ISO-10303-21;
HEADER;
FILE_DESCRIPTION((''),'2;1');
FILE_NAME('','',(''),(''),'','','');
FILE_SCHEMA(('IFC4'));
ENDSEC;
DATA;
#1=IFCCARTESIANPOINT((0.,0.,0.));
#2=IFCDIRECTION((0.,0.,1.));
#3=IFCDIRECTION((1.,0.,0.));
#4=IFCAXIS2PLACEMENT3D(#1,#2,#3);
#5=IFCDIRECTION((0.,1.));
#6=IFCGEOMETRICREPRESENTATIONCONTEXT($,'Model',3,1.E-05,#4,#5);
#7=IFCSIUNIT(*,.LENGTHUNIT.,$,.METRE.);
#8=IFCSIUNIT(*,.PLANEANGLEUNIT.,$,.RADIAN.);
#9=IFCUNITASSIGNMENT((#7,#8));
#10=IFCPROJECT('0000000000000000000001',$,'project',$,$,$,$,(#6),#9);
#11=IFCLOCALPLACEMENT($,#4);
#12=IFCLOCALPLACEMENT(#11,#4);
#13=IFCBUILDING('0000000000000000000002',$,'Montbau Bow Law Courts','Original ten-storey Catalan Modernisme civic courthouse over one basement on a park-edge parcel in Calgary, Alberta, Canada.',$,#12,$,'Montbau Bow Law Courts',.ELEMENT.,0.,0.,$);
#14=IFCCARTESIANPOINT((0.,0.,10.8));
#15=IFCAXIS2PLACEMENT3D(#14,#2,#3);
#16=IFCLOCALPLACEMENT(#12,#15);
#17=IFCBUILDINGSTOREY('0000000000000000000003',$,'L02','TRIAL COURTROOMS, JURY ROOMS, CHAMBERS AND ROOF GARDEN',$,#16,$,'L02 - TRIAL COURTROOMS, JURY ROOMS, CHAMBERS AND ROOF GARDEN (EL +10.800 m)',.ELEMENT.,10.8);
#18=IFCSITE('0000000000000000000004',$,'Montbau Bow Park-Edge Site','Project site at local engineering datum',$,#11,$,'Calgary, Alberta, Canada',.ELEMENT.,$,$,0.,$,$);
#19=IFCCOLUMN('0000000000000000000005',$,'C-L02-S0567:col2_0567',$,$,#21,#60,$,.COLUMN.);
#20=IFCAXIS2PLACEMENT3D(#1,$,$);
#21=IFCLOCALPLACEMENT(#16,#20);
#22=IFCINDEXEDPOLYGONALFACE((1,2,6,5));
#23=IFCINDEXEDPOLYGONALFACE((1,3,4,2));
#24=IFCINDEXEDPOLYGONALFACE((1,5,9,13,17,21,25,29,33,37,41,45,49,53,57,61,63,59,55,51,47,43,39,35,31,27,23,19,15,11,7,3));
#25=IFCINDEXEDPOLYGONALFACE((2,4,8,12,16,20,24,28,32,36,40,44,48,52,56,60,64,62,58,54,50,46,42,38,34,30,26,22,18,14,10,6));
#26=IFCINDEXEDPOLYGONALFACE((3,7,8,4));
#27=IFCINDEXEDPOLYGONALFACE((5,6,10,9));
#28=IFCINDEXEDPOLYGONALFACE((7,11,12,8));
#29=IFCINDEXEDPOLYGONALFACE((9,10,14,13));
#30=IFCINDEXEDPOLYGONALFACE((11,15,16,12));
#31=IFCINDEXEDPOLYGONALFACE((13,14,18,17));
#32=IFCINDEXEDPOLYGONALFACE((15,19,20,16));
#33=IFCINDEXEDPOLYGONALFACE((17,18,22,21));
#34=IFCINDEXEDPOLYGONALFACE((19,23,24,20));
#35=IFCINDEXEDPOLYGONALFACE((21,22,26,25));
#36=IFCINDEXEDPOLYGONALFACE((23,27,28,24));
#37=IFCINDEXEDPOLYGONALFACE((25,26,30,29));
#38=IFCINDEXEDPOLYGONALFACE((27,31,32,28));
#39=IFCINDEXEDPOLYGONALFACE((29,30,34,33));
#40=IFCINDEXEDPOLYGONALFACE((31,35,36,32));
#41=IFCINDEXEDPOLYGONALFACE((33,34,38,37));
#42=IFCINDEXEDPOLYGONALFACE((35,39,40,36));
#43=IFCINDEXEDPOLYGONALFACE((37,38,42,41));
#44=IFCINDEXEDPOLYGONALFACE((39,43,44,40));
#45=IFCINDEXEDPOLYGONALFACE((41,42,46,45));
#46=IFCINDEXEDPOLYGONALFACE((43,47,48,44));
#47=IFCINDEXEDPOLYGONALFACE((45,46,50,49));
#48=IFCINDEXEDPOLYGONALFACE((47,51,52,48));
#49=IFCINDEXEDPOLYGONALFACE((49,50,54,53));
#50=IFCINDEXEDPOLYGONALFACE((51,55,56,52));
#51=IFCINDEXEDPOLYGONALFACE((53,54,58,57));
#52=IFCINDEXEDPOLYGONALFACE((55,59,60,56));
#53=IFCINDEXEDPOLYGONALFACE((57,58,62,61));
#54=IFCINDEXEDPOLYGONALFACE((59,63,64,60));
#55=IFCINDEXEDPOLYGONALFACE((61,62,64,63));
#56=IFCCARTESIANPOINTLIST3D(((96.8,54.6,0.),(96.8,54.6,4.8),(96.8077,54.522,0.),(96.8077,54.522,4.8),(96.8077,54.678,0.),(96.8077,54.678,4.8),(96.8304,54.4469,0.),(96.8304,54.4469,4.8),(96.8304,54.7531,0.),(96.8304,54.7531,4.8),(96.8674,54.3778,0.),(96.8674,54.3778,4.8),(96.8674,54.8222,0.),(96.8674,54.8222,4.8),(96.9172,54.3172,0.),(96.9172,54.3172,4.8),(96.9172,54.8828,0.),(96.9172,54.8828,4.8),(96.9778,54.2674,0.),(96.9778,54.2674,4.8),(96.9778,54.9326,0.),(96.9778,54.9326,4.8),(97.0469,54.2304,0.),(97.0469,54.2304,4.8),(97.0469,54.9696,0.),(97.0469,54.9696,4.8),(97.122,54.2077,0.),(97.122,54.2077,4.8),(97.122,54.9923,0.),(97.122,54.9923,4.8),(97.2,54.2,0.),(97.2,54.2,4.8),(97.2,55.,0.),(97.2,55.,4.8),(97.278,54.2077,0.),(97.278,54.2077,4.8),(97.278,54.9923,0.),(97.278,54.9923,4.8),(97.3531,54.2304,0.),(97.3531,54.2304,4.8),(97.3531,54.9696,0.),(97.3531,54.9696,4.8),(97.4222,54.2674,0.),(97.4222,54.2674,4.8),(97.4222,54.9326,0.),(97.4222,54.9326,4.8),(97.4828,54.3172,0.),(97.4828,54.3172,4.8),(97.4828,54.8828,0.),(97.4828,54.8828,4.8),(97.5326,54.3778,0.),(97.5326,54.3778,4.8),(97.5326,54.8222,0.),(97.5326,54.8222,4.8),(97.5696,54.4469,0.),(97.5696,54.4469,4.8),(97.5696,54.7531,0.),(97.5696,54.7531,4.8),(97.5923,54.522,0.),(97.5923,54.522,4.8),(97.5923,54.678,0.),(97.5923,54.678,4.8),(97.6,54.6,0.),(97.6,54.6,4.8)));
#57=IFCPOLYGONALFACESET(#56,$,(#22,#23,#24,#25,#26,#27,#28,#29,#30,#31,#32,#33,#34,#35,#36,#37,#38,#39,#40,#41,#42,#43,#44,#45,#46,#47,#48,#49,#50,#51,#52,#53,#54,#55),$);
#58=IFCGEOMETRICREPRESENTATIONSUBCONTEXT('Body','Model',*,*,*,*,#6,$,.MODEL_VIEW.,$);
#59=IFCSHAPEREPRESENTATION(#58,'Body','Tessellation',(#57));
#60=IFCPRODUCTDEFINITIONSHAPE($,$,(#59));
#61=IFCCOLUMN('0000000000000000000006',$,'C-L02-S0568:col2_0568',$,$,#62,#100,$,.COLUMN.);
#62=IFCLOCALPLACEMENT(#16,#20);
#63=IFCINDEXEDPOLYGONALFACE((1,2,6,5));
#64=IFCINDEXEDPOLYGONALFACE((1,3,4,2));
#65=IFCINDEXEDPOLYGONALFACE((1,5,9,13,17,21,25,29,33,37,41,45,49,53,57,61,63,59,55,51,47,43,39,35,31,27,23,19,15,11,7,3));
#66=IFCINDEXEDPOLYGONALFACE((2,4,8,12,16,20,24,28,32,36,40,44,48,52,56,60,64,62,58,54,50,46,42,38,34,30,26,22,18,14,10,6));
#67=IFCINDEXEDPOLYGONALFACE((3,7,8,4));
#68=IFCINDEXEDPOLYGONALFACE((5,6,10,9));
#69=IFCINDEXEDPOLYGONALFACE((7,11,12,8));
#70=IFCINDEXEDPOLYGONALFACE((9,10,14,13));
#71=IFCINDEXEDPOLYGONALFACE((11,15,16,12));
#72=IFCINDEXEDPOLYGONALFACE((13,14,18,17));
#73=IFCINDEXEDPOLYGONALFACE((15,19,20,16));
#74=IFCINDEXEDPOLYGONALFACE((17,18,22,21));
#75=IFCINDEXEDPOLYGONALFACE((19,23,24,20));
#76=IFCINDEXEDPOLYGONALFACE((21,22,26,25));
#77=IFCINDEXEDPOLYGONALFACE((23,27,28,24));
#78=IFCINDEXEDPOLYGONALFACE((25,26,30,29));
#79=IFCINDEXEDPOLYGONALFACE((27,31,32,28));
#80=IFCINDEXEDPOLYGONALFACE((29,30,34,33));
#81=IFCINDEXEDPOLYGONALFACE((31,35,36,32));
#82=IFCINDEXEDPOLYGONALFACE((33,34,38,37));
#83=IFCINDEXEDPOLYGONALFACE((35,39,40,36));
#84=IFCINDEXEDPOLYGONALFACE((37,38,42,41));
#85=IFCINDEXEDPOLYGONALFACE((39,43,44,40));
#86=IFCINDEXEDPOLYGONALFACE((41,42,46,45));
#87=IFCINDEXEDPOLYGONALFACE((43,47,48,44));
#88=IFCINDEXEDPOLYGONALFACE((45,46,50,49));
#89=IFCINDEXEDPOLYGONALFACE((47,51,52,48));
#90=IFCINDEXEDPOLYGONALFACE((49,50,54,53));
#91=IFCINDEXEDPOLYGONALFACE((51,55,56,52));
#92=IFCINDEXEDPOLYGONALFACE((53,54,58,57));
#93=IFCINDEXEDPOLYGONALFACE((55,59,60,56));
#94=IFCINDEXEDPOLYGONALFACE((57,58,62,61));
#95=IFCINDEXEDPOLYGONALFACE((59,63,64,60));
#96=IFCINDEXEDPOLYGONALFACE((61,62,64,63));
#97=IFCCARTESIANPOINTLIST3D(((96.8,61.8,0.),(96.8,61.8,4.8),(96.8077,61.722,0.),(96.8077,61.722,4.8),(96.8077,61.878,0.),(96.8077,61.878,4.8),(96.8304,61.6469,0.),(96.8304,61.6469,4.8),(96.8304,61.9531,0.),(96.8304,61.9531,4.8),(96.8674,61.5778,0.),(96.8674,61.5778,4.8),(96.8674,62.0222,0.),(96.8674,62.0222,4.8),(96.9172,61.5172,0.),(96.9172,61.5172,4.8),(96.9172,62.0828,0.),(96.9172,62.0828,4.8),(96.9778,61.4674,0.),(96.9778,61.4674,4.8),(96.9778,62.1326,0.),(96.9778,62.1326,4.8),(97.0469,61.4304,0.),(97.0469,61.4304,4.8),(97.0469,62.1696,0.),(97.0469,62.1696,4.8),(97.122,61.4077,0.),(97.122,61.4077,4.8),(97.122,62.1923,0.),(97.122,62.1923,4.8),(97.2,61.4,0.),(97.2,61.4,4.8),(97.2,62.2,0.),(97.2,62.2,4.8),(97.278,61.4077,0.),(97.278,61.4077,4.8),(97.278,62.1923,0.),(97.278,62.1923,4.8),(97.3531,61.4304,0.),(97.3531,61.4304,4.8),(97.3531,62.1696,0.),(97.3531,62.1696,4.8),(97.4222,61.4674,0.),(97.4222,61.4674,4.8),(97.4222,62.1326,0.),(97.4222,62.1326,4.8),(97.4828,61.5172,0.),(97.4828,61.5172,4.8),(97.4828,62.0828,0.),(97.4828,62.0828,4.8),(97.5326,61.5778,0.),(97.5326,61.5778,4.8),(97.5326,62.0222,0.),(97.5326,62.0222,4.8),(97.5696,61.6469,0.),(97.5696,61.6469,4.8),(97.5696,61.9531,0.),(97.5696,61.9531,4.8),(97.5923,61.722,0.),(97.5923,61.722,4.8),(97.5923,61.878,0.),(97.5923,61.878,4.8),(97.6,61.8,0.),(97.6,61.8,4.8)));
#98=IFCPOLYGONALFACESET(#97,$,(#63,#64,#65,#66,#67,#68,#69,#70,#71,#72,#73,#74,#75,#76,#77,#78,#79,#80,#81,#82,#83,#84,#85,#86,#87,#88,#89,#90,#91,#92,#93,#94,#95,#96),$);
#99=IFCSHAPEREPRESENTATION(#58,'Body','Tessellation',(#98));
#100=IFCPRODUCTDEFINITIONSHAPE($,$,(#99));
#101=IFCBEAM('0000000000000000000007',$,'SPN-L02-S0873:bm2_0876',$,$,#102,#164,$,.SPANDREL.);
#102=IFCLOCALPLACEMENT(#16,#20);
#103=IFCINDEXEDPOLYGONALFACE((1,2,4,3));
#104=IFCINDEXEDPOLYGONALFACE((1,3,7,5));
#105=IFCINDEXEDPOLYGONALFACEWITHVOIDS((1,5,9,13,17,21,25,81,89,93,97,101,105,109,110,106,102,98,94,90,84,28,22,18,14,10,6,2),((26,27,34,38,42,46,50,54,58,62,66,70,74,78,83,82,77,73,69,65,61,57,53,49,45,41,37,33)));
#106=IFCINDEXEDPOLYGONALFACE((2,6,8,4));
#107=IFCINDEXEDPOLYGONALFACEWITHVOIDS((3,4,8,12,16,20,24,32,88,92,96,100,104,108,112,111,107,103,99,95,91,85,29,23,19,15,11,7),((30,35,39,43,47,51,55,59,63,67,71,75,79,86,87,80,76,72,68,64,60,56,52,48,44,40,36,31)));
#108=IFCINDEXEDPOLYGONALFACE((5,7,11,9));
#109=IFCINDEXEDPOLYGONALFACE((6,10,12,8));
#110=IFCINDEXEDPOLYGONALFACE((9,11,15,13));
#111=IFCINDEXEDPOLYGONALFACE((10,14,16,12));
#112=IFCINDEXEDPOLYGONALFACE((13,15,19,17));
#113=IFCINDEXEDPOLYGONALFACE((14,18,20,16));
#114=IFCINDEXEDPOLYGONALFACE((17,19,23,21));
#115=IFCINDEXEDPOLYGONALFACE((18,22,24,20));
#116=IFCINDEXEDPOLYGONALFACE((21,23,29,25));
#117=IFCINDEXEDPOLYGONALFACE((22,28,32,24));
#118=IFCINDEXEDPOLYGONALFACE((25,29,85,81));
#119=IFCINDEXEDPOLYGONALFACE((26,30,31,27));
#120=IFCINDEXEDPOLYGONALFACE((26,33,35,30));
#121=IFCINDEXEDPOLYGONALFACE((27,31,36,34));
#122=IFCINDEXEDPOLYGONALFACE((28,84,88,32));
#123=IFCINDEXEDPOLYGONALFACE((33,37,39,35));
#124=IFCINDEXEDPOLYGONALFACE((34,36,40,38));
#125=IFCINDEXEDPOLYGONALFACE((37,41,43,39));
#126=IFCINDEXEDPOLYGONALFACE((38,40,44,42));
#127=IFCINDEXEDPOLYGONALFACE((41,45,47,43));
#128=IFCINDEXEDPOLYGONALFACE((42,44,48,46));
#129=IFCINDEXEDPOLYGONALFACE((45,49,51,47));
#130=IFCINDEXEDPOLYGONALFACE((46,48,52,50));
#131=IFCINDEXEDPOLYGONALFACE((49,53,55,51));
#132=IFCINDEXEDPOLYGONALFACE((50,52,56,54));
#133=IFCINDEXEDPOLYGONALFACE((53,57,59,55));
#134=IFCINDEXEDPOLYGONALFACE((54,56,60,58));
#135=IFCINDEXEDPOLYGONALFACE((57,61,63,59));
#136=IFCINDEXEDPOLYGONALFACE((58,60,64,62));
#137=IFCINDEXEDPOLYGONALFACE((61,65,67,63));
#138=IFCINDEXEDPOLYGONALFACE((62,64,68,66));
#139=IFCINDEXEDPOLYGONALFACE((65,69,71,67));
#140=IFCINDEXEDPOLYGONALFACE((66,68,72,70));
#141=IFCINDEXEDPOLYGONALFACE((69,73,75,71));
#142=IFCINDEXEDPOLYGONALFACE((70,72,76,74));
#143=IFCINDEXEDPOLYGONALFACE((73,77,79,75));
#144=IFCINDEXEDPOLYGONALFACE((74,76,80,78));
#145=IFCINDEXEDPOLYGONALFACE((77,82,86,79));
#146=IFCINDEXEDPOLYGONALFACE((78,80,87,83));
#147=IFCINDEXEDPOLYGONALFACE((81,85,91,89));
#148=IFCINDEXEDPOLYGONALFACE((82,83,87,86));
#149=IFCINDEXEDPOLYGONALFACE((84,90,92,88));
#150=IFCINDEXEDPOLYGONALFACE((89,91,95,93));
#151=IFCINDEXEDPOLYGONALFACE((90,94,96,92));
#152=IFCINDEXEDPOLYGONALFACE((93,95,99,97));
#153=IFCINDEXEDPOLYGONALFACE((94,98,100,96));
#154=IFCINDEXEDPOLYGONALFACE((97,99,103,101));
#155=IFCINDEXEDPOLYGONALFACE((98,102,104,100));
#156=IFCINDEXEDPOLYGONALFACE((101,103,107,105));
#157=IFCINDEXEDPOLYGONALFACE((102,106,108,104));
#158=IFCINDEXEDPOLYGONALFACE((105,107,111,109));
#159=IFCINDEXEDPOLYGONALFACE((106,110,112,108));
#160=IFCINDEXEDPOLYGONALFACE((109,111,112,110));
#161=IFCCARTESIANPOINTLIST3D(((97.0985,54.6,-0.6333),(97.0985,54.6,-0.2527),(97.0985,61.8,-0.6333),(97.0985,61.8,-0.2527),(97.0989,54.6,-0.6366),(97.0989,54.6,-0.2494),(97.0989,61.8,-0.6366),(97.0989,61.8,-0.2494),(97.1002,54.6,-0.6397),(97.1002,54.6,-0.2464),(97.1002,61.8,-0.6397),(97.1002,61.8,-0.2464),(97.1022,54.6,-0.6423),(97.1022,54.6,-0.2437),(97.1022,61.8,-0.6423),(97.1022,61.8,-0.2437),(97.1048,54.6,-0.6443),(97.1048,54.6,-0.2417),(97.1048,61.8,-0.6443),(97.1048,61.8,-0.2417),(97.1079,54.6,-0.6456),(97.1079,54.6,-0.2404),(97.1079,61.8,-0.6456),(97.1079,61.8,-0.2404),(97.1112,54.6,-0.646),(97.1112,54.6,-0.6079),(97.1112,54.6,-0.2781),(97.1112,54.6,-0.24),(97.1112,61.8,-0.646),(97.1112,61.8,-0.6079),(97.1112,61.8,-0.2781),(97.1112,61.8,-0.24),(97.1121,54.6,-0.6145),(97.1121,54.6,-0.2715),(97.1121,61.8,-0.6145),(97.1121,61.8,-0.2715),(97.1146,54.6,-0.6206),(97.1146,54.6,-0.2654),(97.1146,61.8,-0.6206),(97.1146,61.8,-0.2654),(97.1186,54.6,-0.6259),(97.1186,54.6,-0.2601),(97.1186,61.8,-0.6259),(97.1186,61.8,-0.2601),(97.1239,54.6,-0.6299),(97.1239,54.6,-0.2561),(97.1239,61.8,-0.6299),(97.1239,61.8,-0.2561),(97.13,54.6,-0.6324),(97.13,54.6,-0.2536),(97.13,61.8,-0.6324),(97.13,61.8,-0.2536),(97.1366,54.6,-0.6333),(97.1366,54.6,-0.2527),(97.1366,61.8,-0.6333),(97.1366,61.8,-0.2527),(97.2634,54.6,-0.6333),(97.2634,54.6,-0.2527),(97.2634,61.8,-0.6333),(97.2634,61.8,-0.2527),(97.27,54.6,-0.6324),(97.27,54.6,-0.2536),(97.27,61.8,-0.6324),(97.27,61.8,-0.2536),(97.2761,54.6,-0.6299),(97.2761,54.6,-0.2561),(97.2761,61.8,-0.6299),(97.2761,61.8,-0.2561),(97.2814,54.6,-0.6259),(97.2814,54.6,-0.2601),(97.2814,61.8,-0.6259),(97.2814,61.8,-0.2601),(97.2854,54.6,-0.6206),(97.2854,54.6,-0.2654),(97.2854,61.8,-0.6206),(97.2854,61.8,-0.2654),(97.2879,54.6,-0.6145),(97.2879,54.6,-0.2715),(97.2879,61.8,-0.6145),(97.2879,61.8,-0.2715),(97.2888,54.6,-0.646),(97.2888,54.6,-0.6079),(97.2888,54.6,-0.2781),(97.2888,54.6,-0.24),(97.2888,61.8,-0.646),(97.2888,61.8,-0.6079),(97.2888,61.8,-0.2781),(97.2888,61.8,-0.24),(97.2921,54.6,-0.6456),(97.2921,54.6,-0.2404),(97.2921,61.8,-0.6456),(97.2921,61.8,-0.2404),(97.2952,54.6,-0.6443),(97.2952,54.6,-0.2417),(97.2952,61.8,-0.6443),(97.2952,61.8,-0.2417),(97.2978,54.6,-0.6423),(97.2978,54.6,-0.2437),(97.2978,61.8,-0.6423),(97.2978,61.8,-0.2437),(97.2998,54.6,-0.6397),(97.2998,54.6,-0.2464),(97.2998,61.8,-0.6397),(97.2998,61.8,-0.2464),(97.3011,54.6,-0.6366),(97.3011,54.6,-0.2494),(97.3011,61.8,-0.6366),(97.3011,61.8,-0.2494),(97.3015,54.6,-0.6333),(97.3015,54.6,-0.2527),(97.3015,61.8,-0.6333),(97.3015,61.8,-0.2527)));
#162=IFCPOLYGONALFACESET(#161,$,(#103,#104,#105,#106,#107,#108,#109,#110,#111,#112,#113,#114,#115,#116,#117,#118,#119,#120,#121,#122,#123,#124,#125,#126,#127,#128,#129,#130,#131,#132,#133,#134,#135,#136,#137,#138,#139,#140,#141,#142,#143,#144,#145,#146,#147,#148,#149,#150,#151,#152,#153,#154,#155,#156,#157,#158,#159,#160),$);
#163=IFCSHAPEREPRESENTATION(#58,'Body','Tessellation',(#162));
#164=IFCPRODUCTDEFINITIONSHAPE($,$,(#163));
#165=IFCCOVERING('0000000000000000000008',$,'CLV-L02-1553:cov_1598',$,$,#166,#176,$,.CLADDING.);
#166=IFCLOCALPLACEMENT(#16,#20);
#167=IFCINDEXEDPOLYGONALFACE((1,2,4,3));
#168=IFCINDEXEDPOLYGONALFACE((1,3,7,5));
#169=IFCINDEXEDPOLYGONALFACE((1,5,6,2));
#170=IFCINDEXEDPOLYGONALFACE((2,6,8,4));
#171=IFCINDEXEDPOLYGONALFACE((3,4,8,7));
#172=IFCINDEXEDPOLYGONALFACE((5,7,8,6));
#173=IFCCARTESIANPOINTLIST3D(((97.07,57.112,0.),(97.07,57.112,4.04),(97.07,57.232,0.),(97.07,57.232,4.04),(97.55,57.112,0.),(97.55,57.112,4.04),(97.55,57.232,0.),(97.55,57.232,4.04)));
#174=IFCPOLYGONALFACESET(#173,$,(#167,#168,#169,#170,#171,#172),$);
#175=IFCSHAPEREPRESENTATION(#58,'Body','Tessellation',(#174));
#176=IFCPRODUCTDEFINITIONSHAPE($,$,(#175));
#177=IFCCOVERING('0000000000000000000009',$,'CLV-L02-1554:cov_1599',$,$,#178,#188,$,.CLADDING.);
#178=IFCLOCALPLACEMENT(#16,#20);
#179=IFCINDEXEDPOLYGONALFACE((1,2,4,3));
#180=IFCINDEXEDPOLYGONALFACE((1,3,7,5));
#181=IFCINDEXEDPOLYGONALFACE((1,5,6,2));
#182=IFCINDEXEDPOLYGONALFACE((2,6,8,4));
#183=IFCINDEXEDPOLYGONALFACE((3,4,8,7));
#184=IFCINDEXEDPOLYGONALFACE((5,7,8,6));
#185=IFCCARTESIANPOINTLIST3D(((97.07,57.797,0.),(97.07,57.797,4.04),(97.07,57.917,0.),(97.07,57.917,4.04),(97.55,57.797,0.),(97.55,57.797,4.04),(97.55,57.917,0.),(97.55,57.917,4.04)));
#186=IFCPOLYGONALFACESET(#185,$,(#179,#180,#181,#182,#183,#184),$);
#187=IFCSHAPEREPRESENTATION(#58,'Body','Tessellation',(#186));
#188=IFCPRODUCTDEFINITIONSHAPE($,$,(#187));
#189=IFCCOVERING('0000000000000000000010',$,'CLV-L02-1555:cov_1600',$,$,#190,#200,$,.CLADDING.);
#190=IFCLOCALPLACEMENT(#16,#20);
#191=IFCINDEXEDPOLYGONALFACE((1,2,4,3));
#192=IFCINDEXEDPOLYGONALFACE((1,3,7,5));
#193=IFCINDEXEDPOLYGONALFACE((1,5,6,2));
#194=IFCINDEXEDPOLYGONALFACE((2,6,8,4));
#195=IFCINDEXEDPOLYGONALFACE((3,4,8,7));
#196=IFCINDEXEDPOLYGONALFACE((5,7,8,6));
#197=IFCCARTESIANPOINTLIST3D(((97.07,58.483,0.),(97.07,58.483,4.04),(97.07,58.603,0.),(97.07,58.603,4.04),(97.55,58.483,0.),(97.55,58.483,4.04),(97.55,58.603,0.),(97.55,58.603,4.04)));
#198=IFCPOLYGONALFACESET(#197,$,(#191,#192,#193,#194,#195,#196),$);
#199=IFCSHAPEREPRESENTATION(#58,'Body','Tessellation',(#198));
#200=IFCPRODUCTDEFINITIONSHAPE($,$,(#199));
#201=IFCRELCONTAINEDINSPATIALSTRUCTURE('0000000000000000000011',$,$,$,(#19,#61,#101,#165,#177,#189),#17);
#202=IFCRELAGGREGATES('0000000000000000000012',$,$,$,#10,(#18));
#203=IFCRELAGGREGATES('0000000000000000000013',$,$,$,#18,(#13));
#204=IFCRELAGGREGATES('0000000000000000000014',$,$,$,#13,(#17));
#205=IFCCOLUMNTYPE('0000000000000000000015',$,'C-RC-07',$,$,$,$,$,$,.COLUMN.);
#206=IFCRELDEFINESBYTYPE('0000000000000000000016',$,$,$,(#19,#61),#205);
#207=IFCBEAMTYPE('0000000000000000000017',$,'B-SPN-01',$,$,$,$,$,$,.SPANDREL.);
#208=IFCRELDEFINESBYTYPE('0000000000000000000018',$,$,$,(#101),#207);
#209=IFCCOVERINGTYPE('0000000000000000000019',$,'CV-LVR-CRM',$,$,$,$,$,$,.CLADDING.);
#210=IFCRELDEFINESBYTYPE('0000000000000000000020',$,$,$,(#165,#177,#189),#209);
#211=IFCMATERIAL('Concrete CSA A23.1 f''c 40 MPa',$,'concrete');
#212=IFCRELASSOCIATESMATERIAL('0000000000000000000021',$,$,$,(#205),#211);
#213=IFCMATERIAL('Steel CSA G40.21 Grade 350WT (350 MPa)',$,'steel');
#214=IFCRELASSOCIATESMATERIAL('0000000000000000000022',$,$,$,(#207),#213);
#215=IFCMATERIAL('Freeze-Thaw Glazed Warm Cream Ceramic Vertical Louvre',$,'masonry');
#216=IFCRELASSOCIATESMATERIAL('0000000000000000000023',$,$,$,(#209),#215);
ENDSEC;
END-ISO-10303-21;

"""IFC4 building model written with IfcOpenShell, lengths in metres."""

from ifc_helpers import new_model, si_unit, direction, frame, frame_2d, origin_with_axes, origin_2d_with_axis, place, context, subcontext, project, spatial, rectangle, hollow_rectangle, circle, extrude, material, material_profile, profile_set, type_object, element, save


model = new_model("IFC4")

# Units and contexts
model_context = context("Model", 3, precision=1e-05, world=origin_with_axes(), true_north=direction((0.0, 1.0)))
body_context = subcontext(model_context, "Body", "Model", "MODEL_VIEW")
ifc_project = project(units=[si_unit("LENGTHUNIT", "METRE"), si_unit("PLANEANGLEUNIT", "RADIAN")], contexts=[model_context])

# Site, building, storey
site_placement = place(None, origin_with_axes())
site = spatial("IfcSite", under=ifc_project, at=site_placement, Name="Montbau Bow Park-Edge Site", Description="Project site at local engineering datum", LongName="Calgary, Alberta, Canada", CompositionType="ELEMENT", RefElevation=0.0)
building_placement = place(site_placement, origin_with_axes())
building = spatial("IfcBuilding", under=site, at=building_placement, Name="Montbau Bow Law Courts", Description="Original ten-storey Catalan Modernisme civic courthouse over one basement on a park-edge parcel in Calgary, Alberta, Canada.", LongName="Montbau Bow Law Courts", CompositionType="ELEMENT", ElevationOfRefHeight=0.0, ElevationOfTerrain=0.0)
storey_placement = place(building_placement, frame((0.0, 0.0, 10.8), z_axis=(0.0, 0.0, 1.0), x_axis=(1.0, 0.0, 0.0)))
storey = spatial("IfcBuildingStorey", under=building, at=storey_placement, Name="L02", Description="TRIAL COURTROOMS, JURY ROOMS, CHAMBERS AND ROOF GARDEN", LongName="L02 - TRIAL COURTROOMS, JURY ROOMS, CHAMBERS AND ROOF GARDEN (EL +10.800 m)", CompositionType="ELEMENT", Elevation=10.8)

# Columns
ifc_material_1 = material(Name="Concrete CSA A23.1 f'c 40 MPa", Category="concrete")
ifc_material_profile_1 = material_profile(ifc_material_1, circle(Radius=0.4, at=origin_2d_with_axis()), Name="RC800D", Category="Main", Priority=0)
ifc_profile_set_1 = profile_set([ifc_material_profile_1], Name="Concrete CSA A23.1 f'c 40 MPa")
column_type = type_object("IfcColumnType", Name="C-RC-07", PredefinedType="COLUMN", material=ifc_profile_set_1)
for number, where, z_axis, x_axis, name in (
    (1, (97.2, 54.6, 10.8), (0.0, 0.0, 1.0), (1.0, 0.0, 0.0), "C-L02-S0567:col2_0567"),
    (2, (97.2, 61.8, 10.8), (0.0, 0.0, 1.0), (1.0, 0.0, 0.0), "C-L02-S0568:col2_0568"),
):
    element("IfcColumn", number, at=place(None, frame(where, z_axis=z_axis, x_axis=x_axis)), inside=storey, type_object=column_type, Name=name, PredefinedType="COLUMN", context=body_context, shape_type="SweptSolid", body=[
        extrude(circle(Radius=0.4, at=origin_2d_with_axis()), origin_with_axes(), (0.0, 0.0, 1.0), 4.8),
    ])

# Beam
ifc_material_2 = material(Name="Steel CSA G40.21 Grade 350WT (350 MPa)", Category="steel")
ifc_material_profile_2 = material_profile(ifc_material_2, hollow_rectangle(XDim=0.203, YDim=0.406, WallThickness=0.0127, InnerFilletRadius=0.0254, OuterFilletRadius=0.0127, at=origin_2d_with_axis()), Name="HSS406X203X13", Category="Main", Priority=0)
ifc_profile_set_2 = profile_set([ifc_material_profile_2], Name="Steel CSA G40.21 Grade 350WT (350 MPa)")
beam_type = type_object("IfcBeamType", Name="B-SPN-01", PredefinedType="SPANDREL", material=ifc_profile_set_2)
beam_placement = place(None, frame((97.2, 54.6, 10.357), z_axis=(0.0, 1.0, 0.0), x_axis=(-1.0, 0.0, 0.0)))
element("IfcBeam", 3, at=beam_placement, inside=storey, type_object=beam_type, Name="SPN-L02-S0873:bm2_0876", PredefinedType="SPANDREL", context=body_context, shape_type="SweptSolid", body=[
    extrude(hollow_rectangle(XDim=0.203, YDim=0.406, WallThickness=0.0127, InnerFilletRadius=0.0254, OuterFilletRadius=0.0127, at=origin_2d_with_axis()), origin_with_axes(), (0.0, 0.0, 1.0), 7.2),
])

# Coverings
ifc_material_3 = material(Name="Freeze-Thaw Glazed Warm Cream Ceramic Vertical Louvre", Category="masonry")
covering_type = type_object("IfcCoveringType", Name="CV-LVR-CRM", PredefinedType="CLADDING", material=ifc_material_3)
for number, where, z_axis, x_axis, name in (
    (4, (97.07, 57.172, 10.8), (0.0, -1.0, 0.0), (1.0, 0.0, 0.0), "CLV-L02-1553:cov_1598"),
    (5, (97.07, 57.857, 10.8), (0.0, -1.0, 0.0), (1.0, 0.0, 0.0), "CLV-L02-1554:cov_1599"),
    (6, (97.07, 58.543, 10.8), (0.0, -1.0, 0.0), (1.0, 0.0, 0.0), "CLV-L02-1555:cov_1600"),
):
    element("IfcCovering", number, at=place(None, frame(where, z_axis=z_axis, x_axis=x_axis)), inside=storey, type_object=covering_type, Name=name, PredefinedType="CLADDING", context=body_context, shape_type="SweptSolid", body=[
        extrude(rectangle(XDim=0.48, YDim=4.04, at=frame_2d((0.24, 2.02), x_axis=(1.0, 0.0))), frame((0.0, 0.0, -0.06), z_axis=(0.0, 0.0, 1.0), x_axis=(1.0, 0.0, 0.0)), (0.0, 0.0, 1.0), 0.12),
    ])

save(model, "model.ifc")
